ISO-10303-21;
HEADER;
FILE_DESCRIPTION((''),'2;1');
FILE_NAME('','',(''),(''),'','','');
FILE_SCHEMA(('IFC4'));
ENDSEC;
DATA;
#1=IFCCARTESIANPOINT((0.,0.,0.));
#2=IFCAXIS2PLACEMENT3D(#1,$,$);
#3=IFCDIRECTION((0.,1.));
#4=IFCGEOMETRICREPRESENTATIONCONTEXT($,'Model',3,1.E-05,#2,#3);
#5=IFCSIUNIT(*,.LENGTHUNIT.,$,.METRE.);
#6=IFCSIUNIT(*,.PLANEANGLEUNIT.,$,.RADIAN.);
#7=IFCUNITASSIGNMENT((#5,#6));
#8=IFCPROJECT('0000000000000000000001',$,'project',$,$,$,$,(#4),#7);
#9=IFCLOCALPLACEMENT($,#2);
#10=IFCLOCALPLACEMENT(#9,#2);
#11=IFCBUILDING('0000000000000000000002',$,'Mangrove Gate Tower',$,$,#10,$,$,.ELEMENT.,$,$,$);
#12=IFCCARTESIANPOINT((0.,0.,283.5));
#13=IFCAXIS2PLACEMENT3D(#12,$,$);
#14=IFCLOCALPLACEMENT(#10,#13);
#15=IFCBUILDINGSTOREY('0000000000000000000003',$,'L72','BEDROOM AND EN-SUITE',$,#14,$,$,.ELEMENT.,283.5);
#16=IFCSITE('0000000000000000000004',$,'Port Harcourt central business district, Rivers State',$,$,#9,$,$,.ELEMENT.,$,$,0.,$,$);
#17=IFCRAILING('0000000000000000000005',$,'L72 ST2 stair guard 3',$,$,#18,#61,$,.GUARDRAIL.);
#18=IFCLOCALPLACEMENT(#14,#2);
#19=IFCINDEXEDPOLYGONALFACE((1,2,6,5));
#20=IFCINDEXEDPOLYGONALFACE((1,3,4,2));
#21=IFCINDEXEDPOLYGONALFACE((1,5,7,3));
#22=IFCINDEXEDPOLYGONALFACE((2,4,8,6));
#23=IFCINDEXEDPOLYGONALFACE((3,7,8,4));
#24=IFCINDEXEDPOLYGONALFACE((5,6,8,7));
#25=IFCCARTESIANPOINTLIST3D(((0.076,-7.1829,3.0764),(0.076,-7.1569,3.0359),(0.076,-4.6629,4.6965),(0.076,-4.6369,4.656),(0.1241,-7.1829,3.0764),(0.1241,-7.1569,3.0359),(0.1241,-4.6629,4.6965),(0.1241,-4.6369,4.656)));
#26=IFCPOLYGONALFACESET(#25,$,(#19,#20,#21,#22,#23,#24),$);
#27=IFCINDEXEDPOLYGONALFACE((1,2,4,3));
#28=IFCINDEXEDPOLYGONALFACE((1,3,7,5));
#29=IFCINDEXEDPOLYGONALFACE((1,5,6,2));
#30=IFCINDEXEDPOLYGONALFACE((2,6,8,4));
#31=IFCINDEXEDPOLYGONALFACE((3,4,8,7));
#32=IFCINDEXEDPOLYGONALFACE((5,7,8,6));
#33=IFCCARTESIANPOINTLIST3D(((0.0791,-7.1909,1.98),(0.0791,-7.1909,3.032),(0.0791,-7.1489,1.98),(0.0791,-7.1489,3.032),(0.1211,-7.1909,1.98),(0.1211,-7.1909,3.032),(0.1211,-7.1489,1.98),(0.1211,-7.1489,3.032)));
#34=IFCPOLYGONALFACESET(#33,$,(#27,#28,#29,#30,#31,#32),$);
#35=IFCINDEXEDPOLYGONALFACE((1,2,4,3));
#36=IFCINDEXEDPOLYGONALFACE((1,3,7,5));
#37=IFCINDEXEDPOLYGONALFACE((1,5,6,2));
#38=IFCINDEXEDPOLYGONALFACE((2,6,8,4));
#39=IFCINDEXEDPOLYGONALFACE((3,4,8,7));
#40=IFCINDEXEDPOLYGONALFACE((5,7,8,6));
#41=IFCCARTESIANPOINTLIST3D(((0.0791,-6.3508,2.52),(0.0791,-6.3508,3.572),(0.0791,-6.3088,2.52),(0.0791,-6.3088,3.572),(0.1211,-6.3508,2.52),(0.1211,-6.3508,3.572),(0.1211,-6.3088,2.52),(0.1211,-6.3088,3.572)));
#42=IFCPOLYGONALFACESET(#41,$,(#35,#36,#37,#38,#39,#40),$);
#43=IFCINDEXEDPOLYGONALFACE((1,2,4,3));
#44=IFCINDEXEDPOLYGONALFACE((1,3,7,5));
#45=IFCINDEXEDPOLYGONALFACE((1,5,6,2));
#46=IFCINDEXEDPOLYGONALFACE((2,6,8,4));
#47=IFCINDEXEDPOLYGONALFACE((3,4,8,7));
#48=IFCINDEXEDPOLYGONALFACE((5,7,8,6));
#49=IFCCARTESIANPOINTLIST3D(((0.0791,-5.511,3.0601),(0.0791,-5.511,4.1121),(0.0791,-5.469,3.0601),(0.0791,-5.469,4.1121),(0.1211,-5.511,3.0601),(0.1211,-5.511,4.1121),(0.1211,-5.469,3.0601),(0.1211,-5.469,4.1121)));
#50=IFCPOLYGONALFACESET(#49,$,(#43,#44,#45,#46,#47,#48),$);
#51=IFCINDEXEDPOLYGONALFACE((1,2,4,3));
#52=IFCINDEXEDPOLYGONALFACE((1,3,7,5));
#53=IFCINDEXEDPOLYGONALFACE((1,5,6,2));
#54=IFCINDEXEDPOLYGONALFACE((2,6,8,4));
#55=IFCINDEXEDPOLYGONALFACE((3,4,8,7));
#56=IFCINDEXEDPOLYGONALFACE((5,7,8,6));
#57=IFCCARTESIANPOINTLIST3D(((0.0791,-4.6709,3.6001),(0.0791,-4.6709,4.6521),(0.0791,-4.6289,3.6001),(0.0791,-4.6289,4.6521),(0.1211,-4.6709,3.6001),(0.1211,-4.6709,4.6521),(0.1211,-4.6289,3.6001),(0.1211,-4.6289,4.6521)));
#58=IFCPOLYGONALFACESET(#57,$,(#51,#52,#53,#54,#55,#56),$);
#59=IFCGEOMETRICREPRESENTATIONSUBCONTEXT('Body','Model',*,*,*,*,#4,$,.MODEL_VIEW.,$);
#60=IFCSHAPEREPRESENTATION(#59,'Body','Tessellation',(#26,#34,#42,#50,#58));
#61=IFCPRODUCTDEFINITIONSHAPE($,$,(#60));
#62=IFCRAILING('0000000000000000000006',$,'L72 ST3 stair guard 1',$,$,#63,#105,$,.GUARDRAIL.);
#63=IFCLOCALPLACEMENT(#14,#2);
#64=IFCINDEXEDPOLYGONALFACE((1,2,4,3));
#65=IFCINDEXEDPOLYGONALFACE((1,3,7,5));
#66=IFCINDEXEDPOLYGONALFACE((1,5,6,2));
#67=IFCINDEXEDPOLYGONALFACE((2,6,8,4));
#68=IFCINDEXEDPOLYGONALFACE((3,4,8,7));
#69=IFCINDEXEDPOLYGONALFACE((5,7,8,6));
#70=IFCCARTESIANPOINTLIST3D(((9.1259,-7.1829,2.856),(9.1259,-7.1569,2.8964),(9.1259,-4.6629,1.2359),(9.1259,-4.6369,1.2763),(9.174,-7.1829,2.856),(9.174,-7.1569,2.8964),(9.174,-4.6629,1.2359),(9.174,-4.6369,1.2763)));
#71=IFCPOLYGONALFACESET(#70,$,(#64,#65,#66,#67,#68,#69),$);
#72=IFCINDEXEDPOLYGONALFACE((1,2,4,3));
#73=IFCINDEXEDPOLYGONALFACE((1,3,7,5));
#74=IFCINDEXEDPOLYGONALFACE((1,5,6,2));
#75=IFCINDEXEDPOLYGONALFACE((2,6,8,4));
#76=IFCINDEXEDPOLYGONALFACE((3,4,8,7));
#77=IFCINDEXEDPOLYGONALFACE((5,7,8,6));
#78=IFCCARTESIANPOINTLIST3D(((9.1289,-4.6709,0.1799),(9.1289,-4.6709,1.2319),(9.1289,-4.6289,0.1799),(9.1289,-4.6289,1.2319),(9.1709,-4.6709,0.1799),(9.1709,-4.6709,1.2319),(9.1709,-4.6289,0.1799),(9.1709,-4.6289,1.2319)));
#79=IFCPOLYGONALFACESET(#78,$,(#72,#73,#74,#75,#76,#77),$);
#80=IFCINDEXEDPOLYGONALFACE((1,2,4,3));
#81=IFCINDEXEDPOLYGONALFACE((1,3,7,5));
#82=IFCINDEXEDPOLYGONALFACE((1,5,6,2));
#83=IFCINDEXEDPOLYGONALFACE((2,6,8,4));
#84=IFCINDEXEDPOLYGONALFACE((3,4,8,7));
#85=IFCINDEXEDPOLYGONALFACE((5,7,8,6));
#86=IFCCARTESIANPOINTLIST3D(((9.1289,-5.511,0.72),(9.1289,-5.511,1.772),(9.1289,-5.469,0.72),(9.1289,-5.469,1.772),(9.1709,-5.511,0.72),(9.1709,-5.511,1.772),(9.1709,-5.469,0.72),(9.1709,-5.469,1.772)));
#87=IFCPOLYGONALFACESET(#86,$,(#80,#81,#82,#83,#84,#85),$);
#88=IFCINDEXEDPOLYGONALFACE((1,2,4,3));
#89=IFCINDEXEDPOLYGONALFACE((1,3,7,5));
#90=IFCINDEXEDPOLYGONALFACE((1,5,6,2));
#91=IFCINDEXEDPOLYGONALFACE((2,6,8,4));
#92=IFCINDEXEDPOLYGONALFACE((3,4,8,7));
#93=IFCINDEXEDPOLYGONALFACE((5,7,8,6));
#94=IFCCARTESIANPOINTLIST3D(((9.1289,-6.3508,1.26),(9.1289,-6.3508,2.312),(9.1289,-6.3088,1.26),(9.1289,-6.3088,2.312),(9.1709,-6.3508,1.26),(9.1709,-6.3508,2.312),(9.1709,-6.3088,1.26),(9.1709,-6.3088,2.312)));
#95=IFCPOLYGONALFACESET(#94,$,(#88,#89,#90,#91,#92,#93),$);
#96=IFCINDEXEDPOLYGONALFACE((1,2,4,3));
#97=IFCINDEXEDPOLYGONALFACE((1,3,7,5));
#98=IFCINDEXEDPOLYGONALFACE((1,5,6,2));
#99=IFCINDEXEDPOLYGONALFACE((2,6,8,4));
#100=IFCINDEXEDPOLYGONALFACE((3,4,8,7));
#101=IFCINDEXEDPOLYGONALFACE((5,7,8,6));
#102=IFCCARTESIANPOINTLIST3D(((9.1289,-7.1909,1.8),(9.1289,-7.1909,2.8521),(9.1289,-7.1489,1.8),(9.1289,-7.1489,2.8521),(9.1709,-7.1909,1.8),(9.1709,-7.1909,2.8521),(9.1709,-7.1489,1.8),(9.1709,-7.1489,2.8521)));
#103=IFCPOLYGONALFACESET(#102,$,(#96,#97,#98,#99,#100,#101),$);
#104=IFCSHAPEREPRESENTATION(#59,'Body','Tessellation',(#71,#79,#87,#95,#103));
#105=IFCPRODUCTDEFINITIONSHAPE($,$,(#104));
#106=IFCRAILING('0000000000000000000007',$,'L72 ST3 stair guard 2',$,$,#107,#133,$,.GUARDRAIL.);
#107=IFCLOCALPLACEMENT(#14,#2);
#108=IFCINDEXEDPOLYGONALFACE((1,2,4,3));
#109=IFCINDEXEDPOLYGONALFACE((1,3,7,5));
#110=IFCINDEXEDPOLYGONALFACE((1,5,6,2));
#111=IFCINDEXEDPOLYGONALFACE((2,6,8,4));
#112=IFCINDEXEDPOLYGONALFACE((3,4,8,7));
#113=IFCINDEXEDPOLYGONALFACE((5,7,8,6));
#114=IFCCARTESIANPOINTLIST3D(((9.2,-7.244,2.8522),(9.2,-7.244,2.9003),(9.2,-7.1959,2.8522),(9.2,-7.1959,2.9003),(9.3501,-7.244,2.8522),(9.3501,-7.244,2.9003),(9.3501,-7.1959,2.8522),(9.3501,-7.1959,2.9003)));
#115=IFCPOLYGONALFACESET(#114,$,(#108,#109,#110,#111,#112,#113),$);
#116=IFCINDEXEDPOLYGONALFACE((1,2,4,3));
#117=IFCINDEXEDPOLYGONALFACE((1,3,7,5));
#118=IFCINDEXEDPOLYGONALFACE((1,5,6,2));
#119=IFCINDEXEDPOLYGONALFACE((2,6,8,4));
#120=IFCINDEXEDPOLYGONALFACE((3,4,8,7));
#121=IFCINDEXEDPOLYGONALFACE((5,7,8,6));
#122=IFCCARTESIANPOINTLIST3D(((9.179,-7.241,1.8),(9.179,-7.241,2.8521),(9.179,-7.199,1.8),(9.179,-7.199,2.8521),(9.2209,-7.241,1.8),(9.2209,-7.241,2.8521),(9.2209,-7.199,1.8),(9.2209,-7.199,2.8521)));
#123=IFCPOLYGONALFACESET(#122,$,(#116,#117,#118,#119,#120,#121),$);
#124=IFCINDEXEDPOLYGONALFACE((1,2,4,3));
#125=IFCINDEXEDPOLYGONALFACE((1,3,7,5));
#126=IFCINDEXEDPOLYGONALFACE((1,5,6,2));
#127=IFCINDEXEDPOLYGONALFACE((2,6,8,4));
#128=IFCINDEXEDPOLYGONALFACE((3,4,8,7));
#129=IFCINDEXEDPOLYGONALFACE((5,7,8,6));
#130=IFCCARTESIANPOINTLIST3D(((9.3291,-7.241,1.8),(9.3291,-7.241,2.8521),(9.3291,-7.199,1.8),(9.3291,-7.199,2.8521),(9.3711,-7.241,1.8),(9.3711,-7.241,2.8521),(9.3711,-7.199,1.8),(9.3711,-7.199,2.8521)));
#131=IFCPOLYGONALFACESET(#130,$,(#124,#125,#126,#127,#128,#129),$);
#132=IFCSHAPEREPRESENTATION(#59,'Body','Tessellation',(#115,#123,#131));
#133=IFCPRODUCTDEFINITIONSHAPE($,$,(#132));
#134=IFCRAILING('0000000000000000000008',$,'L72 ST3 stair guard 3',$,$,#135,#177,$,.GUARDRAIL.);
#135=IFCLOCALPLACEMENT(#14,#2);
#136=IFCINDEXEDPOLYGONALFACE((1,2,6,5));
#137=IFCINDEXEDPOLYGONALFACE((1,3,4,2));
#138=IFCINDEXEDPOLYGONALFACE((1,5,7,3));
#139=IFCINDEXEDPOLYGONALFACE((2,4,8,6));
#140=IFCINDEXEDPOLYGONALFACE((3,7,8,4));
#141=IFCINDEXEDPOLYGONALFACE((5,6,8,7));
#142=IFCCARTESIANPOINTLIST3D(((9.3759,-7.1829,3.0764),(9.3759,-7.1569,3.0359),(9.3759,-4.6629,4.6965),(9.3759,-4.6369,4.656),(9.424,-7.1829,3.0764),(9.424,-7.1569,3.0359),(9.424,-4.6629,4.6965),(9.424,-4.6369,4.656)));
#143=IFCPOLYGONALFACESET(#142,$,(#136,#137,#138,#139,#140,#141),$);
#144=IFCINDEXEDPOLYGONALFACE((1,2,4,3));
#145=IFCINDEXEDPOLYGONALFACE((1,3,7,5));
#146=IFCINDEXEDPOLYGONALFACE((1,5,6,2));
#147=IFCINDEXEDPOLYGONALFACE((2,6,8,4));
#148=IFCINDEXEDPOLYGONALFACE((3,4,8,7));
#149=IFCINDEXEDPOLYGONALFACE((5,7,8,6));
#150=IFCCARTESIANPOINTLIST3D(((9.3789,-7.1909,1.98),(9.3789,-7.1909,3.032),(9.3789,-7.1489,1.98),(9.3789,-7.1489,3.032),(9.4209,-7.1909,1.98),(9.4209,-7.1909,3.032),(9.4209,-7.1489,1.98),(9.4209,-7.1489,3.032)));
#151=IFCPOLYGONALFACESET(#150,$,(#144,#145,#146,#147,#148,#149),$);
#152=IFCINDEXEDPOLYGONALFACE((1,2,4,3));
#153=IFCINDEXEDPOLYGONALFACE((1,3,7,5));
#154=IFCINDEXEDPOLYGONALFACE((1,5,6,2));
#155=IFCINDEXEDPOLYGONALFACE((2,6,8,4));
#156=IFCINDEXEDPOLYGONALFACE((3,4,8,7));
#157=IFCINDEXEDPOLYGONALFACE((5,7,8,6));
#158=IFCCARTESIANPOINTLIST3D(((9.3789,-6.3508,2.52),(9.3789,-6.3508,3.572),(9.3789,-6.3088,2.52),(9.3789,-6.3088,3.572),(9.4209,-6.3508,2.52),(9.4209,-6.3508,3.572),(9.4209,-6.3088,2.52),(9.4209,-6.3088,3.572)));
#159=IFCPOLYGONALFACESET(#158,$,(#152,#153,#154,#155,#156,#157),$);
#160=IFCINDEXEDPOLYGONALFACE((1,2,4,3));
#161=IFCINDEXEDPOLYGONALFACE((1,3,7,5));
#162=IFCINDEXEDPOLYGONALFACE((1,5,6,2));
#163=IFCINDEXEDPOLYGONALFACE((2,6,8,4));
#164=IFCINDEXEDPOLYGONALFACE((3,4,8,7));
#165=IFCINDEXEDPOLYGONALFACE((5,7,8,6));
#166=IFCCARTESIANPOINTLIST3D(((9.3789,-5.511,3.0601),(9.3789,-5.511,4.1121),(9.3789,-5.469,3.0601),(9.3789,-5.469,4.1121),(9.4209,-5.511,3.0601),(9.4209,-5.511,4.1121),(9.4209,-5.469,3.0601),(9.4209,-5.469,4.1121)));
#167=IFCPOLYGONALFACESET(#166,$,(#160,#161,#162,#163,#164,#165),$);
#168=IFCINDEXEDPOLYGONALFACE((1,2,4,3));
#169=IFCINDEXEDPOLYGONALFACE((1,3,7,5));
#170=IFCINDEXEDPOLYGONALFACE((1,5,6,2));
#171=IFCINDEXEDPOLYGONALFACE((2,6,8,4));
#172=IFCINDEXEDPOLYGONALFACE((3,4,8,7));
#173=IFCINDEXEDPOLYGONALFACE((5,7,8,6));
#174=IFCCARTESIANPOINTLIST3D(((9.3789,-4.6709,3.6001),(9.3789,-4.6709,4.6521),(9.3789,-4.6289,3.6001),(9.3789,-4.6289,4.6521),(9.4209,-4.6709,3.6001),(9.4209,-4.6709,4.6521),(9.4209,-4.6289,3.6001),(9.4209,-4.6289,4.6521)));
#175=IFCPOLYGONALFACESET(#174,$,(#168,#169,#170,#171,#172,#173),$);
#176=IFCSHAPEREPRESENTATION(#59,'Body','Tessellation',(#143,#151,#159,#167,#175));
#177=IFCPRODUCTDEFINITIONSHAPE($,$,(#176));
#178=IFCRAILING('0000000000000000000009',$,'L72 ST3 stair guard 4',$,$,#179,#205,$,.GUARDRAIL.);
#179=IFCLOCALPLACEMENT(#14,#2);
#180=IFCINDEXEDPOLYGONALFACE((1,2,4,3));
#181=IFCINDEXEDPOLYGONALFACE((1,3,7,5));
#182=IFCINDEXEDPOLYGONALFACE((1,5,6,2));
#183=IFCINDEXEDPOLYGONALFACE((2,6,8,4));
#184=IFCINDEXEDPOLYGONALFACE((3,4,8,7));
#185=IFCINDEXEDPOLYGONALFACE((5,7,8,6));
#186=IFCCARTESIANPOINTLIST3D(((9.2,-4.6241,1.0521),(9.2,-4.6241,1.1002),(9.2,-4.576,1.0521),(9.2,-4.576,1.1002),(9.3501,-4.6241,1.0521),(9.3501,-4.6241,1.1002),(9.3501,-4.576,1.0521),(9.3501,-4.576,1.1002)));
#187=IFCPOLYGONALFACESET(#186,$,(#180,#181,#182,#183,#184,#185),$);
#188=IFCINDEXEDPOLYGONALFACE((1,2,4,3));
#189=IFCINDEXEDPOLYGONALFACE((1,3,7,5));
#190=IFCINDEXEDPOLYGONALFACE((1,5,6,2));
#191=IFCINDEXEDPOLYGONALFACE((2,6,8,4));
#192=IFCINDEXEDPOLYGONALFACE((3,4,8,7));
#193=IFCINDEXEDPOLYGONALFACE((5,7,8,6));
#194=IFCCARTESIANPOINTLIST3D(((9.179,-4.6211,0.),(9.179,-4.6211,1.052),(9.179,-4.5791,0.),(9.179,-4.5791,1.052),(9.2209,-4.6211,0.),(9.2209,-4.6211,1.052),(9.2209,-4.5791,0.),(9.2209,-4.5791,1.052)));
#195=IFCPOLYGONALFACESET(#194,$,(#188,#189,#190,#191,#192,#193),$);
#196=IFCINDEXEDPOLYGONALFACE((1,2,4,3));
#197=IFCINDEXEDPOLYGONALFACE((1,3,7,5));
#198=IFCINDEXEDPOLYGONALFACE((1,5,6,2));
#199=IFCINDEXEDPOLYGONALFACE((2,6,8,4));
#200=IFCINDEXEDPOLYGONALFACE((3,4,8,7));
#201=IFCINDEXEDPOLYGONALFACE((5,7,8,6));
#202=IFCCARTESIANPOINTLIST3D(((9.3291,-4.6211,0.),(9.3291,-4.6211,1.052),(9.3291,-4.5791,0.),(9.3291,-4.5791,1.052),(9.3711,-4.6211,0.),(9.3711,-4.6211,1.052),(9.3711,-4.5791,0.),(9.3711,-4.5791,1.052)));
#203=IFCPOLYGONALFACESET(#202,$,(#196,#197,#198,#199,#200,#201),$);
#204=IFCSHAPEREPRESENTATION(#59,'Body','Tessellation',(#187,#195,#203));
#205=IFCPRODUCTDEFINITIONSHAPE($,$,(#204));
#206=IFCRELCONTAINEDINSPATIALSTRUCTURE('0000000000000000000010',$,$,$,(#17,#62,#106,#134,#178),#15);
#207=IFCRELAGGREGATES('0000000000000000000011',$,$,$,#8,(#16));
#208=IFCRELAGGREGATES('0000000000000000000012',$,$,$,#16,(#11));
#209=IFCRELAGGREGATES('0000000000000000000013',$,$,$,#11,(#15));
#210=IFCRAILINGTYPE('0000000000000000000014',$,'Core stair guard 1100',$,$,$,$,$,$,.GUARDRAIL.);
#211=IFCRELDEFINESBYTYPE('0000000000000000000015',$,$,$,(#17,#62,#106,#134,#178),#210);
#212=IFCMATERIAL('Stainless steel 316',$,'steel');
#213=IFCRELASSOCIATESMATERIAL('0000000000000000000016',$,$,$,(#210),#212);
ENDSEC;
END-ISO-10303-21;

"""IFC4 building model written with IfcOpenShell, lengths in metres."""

from ifc_helpers import new_model, si_unit, direction, frame, origin, origin_2d, place, context, subcontext, project, spatial, rectangle, extrude, material, type_object, element, save


model = new_model("IFC4")

# Units and contexts
model_context = context("Model", 3, precision=1e-05, world=origin(), true_north=direction((0.0, 1.0)))
body_context = subcontext(model_context, "Body", "Model", "MODEL_VIEW")
ifc_project = project(units=[si_unit("LENGTHUNIT", "METRE"), si_unit("PLANEANGLEUNIT", "RADIAN")], contexts=[model_context])

# Site, building, storey
site_placement = place(None, origin())
site = spatial("IfcSite", under=ifc_project, at=site_placement, Name="Port Harcourt central business district, Rivers State", CompositionType="ELEMENT", RefElevation=0.0)
building_placement = place(site_placement, origin())
building = spatial("IfcBuilding", under=site, at=building_placement, Name="Mangrove Gate Tower", CompositionType="ELEMENT")
storey_placement = place(building_placement, frame((0.0, 0.0, 283.5)))
storey = spatial("IfcBuildingStorey", under=building, at=storey_placement, Name="L72", Description="BEDROOM AND EN-SUITE", CompositionType="ELEMENT", Elevation=283.5)

# Railings
ifc_material_1 = material(Name="Stainless steel 316", Category="steel")
railing_type_1 = type_object("IfcRailingType", Name="Core stair guard 1100", PredefinedType="GUARDRAIL", material=ifc_material_1)
railing_1_placement = place(storey_placement, frame((0.1001, -7.1699, 1.98)))
element("IfcRailing", 1, at=railing_1_placement, inside=storey, type_object=railing_type_1, Name="L72 ST2 stair guard 3", PredefinedType="GUARDRAIL", context=body_context, shape_type="SweptSolid", body=[
    extrude(rectangle(XDim=0.0481, YDim=0.0481, at=origin_2d()), frame((0.0, 0.0, 1.0762), z_axis=(0.0, 0.841163, 0.540782), x_axis=(-1.0, 0.0, 0.0)), (0.0, 0.0, 1.0), 2.9958),
    extrude(rectangle(XDim=0.042, YDim=0.042, at=origin_2d()), origin(), (0.0, 0.0, 1.0), 1.052),
    extrude(rectangle(XDim=0.042, YDim=0.042, at=origin_2d()), frame((0.0, 0.8401, 0.54)), (0.0, 0.0, 1.0), 1.052),
    extrude(rectangle(XDim=0.042, YDim=0.042, at=origin_2d()), frame((0.0, 1.6799, 1.0801)), (0.0, 0.0, 1.0), 1.052),
    extrude(rectangle(XDim=0.042, YDim=0.042, at=origin_2d()), frame((0.0, 2.52, 1.6201)), (0.0, 0.0, 1.0), 1.052),
])
railing_2_placement = place(storey_placement, frame((9.1499, -4.6499, 0.1799)))
element("IfcRailing", 2, at=railing_2_placement, inside=storey, type_object=railing_type_1, Name="L72 ST3 stair guard 1", PredefinedType="GUARDRAIL", context=body_context, shape_type="SweptSolid", body=[
    extrude(rectangle(XDim=0.0481, YDim=0.0481, at=origin_2d()), frame((0.0, 0.0, 1.0762), z_axis=(0.0, -0.841163, 0.540782), x_axis=(1.0, 0.0, 0.0)), (0.0, 0.0, 1.0), 2.9958),
    extrude(rectangle(XDim=0.042, YDim=0.042, at=origin_2d()), origin(), (0.0, 0.0, 1.0), 1.052),
    extrude(rectangle(XDim=0.042, YDim=0.042, at=origin_2d()), frame((0.0, -0.8401, 0.54)), (0.0, 0.0, 1.0), 1.052),
    extrude(rectangle(XDim=0.042, YDim=0.042, at=origin_2d()), frame((0.0, -1.6799, 1.0801)), (0.0, 0.0, 1.0), 1.052),
    extrude(rectangle(XDim=0.042, YDim=0.042, at=origin_2d()), frame((0.0, -2.52, 1.6201)), (0.0, 0.0, 1.0), 1.052),
])
railing_3_placement = place(storey_placement, frame((9.2, -7.22, 1.8)))
element("IfcRailing", 3, at=railing_3_placement, inside=storey, type_object=railing_type_1, Name="L72 ST3 stair guard 2", PredefinedType="GUARDRAIL", context=body_context, shape_type="SweptSolid", body=[
    extrude(rectangle(XDim=0.0481, YDim=0.0481, at=origin_2d()), frame((0.0, 0.0, 1.0762), z_axis=(1.0, 0.0, 0.0), x_axis=(0.0, 1.0, 0.0)), (0.0, 0.0, 1.0), 0.1501),
    extrude(rectangle(XDim=0.042, YDim=0.042, at=origin_2d()), origin(), (0.0, 0.0, 1.0), 1.052),
    extrude(rectangle(XDim=0.042, YDim=0.042, at=origin_2d()), frame((0.1501, 0.0, 0.0)), (0.0, 0.0, 1.0), 1.052),
])
railing_4_placement = place(storey_placement, frame((9.3999, -7.1699, 1.98)))
element("IfcRailing", 4, at=railing_4_placement, inside=storey, type_object=railing_type_1, Name="L72 ST3 stair guard 3", PredefinedType="GUARDRAIL", context=body_context, shape_type="SweptSolid", body=[
    extrude(rectangle(XDim=0.0481, YDim=0.0481, at=origin_2d()), frame((0.0, 0.0, 1.0762), z_axis=(0.0, 0.841163, 0.540782), x_axis=(-1.0, 0.0, 0.0)), (0.0, 0.0, 1.0), 2.9958),
    extrude(rectangle(XDim=0.042, YDim=0.042, at=origin_2d()), origin(), (0.0, 0.0, 1.0), 1.052),
    extrude(rectangle(XDim=0.042, YDim=0.042, at=origin_2d()), frame((0.0, 0.8401, 0.54)), (0.0, 0.0, 1.0), 1.052),
    extrude(rectangle(XDim=0.042, YDim=0.042, at=origin_2d()), frame((0.0, 1.6799, 1.0801)), (0.0, 0.0, 1.0), 1.052),
    extrude(rectangle(XDim=0.042, YDim=0.042, at=origin_2d()), frame((0.0, 2.52, 1.6201)), (0.0, 0.0, 1.0), 1.052),
])
railing_5_placement = place(storey_placement, frame((9.2, -4.6001, 0.0)))
element("IfcRailing", 5, at=railing_5_placement, inside=storey, type_object=railing_type_1, Name="L72 ST3 stair guard 4", PredefinedType="GUARDRAIL", context=body_context, shape_type="SweptSolid", body=[
    extrude(rectangle(XDim=0.0481, YDim=0.0481, at=origin_2d()), frame((0.0, 0.0, 1.0762), z_axis=(1.0, 0.0, 0.0), x_axis=(0.0, 1.0, 0.0)), (0.0, 0.0, 1.0), 0.1501),
    extrude(rectangle(XDim=0.042, YDim=0.042, at=origin_2d()), origin(), (0.0, 0.0, 1.0), 1.052),
    extrude(rectangle(XDim=0.042, YDim=0.042, at=origin_2d()), frame((0.1501, 0.0, 0.0)), (0.0, 0.0, 1.0), 1.052),
])

save(model, "model.ifc")
